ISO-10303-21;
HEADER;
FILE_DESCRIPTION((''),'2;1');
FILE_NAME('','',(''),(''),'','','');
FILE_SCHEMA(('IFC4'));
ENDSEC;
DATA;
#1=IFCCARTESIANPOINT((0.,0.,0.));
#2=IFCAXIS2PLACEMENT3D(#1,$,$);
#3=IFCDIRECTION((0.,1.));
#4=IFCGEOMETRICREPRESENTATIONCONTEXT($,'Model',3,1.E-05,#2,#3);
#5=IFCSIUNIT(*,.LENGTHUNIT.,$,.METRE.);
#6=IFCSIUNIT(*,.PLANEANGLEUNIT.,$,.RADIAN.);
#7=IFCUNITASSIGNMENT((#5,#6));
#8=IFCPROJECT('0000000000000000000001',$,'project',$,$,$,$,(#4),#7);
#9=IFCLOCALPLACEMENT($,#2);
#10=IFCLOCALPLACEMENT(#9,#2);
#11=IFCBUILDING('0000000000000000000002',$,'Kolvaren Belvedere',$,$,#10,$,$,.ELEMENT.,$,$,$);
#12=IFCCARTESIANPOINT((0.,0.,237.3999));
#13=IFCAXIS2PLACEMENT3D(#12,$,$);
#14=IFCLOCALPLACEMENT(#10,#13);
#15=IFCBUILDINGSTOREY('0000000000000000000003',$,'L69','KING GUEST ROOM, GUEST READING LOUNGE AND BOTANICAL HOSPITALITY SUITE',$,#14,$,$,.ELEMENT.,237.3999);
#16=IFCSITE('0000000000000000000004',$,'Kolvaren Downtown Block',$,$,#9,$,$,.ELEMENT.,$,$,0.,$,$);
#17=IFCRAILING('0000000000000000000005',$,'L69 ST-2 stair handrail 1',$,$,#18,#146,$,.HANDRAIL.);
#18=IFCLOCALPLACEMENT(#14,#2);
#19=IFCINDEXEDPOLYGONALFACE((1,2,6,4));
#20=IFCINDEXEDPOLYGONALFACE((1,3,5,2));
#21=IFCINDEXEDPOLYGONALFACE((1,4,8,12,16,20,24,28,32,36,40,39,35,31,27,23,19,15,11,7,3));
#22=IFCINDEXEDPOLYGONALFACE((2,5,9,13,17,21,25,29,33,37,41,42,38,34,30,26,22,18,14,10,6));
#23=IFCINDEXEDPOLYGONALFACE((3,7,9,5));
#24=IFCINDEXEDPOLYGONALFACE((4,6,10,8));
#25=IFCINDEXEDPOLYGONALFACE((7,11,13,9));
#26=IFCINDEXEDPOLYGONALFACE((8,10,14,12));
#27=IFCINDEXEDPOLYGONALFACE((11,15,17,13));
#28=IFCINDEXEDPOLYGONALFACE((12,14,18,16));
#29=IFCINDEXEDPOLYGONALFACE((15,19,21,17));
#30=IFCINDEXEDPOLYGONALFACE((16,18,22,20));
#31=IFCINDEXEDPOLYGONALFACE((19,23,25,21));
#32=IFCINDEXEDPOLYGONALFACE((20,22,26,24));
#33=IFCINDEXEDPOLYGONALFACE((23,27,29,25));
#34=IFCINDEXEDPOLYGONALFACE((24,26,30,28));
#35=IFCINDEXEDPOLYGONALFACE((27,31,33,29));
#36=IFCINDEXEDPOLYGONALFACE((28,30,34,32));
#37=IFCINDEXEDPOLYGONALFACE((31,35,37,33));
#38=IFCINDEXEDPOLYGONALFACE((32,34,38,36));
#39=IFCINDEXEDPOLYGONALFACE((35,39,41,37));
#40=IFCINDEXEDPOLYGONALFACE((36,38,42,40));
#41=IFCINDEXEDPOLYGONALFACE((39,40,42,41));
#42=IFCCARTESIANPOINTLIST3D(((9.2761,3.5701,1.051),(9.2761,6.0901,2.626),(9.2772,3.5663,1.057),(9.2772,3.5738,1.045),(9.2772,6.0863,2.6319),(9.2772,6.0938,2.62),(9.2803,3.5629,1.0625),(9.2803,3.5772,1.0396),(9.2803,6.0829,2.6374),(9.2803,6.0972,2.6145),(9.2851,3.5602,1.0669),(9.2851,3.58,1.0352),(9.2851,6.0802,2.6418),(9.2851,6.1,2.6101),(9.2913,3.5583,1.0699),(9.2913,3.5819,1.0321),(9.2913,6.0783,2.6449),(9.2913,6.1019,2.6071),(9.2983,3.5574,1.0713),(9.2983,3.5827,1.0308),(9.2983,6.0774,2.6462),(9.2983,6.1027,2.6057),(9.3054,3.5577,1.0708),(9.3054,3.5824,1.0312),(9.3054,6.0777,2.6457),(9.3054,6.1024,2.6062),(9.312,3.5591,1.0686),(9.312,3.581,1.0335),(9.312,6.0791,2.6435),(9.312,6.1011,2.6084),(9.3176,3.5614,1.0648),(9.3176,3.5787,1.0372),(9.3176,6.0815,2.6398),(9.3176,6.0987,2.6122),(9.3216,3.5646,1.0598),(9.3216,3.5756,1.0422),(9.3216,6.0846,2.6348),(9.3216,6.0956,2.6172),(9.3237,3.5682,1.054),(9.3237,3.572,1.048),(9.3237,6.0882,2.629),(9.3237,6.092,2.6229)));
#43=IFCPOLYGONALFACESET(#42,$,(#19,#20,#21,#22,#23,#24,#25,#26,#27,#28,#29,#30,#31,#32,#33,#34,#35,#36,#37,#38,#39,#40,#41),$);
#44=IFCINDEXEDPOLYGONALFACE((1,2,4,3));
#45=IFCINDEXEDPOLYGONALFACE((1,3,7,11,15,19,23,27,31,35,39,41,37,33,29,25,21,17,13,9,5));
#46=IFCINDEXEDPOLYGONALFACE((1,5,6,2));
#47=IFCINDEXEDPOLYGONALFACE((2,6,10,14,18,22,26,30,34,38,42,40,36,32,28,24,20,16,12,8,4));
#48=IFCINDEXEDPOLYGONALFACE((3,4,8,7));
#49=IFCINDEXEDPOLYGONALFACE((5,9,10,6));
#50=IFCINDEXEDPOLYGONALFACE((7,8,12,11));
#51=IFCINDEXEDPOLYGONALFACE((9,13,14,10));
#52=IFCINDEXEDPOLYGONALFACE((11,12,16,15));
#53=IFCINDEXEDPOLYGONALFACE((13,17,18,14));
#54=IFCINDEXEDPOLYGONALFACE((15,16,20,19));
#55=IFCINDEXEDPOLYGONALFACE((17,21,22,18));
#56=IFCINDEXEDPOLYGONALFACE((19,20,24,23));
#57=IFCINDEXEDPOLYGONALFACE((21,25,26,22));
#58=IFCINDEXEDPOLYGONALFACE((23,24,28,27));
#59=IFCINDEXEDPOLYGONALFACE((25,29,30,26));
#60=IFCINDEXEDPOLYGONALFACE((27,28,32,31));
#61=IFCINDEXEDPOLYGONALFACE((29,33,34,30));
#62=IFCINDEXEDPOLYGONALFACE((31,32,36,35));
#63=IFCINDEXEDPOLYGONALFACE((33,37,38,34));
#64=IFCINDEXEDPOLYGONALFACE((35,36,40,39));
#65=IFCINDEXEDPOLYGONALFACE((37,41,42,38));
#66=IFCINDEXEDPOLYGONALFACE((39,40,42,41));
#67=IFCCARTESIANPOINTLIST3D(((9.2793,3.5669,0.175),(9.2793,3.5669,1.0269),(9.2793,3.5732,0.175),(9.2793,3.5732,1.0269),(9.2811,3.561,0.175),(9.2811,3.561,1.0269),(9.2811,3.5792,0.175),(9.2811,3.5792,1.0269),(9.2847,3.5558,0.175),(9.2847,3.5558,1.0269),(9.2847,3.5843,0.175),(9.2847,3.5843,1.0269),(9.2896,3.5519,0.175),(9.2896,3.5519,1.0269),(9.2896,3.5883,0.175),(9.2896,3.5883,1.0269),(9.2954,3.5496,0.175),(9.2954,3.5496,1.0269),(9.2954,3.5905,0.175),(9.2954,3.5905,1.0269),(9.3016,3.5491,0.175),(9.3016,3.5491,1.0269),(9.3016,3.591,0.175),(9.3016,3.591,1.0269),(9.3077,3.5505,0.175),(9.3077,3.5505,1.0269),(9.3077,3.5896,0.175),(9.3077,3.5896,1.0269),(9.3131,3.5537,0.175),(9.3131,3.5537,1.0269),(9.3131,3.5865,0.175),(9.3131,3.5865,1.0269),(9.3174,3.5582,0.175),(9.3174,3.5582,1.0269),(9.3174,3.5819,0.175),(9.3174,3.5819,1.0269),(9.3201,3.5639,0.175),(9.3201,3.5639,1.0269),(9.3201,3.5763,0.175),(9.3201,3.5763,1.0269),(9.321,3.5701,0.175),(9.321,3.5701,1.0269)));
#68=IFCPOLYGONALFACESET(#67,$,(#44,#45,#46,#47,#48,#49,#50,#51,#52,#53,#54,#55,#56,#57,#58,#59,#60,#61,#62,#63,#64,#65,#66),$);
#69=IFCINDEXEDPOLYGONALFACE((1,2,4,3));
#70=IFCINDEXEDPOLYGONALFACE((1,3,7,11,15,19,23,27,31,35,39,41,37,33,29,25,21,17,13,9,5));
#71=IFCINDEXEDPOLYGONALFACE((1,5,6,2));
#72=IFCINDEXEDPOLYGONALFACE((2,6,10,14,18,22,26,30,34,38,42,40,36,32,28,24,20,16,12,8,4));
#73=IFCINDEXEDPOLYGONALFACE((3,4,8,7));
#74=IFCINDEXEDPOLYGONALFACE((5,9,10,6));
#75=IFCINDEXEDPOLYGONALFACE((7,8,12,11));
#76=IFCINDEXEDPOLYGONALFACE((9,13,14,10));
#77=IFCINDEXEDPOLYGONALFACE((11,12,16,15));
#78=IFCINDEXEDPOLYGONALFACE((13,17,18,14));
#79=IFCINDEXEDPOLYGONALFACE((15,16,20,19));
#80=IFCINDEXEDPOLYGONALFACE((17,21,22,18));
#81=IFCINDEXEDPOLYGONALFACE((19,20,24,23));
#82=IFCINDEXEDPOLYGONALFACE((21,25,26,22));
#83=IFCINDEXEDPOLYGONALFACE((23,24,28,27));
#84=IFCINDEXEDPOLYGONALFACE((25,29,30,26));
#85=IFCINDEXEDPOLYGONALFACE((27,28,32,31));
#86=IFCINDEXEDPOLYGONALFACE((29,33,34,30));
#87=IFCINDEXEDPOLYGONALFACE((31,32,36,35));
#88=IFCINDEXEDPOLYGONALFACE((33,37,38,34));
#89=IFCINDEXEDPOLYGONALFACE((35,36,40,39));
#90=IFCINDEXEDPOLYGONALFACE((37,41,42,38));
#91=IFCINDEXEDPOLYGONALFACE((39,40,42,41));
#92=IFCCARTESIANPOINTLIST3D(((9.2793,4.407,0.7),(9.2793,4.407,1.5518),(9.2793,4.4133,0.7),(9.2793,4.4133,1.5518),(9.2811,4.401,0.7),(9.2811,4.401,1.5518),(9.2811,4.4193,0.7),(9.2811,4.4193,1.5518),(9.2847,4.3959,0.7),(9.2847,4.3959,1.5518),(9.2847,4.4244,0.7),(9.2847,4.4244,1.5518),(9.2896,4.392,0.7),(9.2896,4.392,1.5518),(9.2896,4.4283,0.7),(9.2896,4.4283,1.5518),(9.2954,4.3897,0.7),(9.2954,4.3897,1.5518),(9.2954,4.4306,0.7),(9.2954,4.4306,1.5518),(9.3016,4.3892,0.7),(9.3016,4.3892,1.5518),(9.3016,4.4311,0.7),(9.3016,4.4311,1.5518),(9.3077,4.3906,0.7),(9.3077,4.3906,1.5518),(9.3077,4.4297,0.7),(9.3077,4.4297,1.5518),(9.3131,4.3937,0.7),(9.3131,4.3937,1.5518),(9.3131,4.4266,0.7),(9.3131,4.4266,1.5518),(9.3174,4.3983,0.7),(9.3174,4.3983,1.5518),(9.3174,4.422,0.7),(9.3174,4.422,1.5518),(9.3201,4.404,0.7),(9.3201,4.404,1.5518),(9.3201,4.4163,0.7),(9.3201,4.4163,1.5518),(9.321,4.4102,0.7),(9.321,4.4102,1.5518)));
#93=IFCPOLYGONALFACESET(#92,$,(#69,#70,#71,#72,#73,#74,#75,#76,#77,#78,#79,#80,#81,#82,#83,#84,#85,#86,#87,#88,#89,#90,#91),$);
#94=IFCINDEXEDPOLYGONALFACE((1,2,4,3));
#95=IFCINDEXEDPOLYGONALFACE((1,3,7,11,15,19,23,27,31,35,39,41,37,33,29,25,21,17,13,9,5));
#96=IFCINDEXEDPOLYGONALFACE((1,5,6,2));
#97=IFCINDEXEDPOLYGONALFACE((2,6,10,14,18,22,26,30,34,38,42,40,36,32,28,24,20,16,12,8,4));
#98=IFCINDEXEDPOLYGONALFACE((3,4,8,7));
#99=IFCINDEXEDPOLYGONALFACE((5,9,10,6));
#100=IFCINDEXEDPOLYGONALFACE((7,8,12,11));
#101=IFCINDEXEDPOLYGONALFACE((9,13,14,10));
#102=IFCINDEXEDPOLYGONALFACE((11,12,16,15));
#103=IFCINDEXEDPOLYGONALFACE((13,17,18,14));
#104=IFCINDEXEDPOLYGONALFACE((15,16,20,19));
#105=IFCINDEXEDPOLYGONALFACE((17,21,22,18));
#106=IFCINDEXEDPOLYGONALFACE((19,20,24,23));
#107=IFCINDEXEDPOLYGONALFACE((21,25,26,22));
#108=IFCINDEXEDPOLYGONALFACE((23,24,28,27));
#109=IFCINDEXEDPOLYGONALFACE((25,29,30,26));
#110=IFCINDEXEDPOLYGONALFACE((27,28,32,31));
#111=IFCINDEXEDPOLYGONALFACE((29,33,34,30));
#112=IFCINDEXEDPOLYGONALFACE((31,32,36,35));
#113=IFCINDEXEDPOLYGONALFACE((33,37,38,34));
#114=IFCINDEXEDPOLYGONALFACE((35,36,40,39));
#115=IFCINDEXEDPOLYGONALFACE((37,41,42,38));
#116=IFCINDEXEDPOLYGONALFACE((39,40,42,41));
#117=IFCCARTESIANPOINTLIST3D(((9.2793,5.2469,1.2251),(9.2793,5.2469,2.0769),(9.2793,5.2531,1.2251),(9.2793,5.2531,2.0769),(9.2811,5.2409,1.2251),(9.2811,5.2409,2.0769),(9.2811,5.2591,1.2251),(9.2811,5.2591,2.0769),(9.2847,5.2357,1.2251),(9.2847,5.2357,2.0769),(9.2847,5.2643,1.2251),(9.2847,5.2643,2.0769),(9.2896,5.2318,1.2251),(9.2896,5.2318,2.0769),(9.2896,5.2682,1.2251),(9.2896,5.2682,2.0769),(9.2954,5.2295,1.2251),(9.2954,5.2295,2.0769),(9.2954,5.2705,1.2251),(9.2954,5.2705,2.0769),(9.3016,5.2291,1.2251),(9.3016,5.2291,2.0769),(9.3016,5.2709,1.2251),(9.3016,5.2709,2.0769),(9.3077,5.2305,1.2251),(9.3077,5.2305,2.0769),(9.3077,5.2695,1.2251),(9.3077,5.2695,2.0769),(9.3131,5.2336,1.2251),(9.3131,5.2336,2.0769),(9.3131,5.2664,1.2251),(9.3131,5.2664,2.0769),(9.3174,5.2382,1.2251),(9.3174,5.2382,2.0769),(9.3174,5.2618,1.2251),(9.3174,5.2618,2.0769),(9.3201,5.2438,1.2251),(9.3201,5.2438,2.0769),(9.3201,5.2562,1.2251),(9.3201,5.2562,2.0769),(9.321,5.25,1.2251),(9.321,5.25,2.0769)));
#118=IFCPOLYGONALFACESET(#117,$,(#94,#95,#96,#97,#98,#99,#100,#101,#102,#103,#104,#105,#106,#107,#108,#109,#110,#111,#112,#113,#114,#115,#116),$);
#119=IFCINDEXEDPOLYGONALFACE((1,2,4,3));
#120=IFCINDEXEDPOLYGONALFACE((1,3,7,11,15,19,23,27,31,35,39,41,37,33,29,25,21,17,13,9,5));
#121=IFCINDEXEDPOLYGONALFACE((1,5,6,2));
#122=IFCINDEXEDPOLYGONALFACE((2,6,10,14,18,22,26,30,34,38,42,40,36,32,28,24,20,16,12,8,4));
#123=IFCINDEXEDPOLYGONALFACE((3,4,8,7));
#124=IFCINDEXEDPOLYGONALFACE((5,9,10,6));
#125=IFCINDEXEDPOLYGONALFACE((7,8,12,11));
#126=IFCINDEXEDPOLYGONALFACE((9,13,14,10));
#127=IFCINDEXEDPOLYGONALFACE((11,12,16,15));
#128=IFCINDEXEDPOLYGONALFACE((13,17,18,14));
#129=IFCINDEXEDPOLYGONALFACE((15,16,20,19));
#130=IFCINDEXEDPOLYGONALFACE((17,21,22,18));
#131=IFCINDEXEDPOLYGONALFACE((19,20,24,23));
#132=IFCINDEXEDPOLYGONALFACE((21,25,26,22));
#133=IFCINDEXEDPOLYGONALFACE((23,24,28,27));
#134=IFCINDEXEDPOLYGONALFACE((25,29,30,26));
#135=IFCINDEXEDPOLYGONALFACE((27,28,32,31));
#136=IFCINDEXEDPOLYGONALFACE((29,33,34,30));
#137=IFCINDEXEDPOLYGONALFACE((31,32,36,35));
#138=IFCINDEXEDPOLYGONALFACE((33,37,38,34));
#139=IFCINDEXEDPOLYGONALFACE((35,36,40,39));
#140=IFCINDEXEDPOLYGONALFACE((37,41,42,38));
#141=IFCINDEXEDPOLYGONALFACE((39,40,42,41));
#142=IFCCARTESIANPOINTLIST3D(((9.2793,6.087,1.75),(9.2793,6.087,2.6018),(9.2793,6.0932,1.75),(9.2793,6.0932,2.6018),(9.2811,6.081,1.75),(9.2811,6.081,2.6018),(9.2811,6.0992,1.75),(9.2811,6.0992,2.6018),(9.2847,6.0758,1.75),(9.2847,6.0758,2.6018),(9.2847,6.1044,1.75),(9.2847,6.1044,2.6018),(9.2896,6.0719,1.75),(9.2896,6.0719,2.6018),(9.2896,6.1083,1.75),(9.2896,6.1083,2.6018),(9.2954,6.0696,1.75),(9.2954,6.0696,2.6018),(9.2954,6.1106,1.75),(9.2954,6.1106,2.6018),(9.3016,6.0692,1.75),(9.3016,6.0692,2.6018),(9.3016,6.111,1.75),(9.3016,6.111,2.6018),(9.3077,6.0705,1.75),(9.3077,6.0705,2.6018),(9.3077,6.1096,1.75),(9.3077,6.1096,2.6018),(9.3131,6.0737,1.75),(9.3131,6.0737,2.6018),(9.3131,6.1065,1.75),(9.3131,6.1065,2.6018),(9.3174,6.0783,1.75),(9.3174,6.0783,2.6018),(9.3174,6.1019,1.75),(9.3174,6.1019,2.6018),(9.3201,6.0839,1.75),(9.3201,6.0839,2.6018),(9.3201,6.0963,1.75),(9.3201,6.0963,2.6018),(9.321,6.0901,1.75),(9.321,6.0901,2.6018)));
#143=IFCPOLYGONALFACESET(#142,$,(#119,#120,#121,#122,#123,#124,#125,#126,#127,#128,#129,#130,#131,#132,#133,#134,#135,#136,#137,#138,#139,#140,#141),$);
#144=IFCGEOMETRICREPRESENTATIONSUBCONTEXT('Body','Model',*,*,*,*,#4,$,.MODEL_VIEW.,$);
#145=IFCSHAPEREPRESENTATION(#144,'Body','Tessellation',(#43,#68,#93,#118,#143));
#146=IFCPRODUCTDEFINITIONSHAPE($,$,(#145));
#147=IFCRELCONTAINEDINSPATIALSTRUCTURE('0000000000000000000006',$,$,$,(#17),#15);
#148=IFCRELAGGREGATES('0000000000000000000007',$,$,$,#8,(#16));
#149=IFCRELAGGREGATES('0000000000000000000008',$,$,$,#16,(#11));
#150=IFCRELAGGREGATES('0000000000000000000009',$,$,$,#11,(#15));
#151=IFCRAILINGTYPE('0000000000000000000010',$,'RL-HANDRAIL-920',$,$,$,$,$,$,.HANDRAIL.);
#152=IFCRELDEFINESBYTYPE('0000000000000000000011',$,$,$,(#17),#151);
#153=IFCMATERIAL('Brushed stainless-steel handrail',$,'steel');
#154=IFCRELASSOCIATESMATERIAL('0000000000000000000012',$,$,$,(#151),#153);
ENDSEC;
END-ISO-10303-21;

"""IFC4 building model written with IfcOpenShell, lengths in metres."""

from ifc_helpers import new_model, si_unit, direction, frame, origin, origin_2d, place, context, subcontext, project, spatial, circle, extrude, material, type_object, element, save


model = new_model("IFC4")

# Units and contexts
model_context = context("Model", 3, precision=1e-05, world=origin(), true_north=direction((0.0, 1.0)))
body_context = subcontext(model_context, "Body", "Model", "MODEL_VIEW")
ifc_project = project(units=[si_unit("LENGTHUNIT", "METRE"), si_unit("PLANEANGLEUNIT", "RADIAN")], contexts=[model_context])

# Site, building, storey
site_placement = place(None, origin())
site = spatial("IfcSite", under=ifc_project, at=site_placement, Name="Kolvaren Downtown Block", CompositionType="ELEMENT", RefElevation=0.0)
building_placement = place(site_placement, origin())
building = spatial("IfcBuilding", under=site, at=building_placement, Name="Kolvaren Belvedere", CompositionType="ELEMENT")
storey_placement = place(building_placement, frame((0.0, 0.0, 237.3999)))
storey = spatial("IfcBuildingStorey", under=building, at=storey_placement, Name="L69", Description="KING GUEST ROOM, GUEST READING LOUNGE AND BOTANICAL HOSPITALITY SUITE", CompositionType="ELEMENT", Elevation=237.3999)

# Railing
ifc_material_1 = material(Name="Brushed stainless-steel handrail", Category="steel")
railing_type_1 = type_object("IfcRailingType", Name="RL-HANDRAIL-920", PredefinedType="HANDRAIL", material=ifc_material_1)
railing_1_placement = place(storey_placement, frame((9.3, 3.5701, 0.175)))
element("IfcRailing", 1, at=railing_1_placement, inside=storey, type_object=railing_type_1, Name="L69 ST-2 stair handrail 1", PredefinedType="HANDRAIL", context=body_context, shape_type="SweptSolid", body=[
    extrude(circle(Radius=0.0239, at=origin_2d()), frame((0.0, 0.0, 0.876), z_axis=(0.0, 0.848008, 0.529984), x_axis=(-1.0, 0.0, 0.0)), (0.0, 0.0, 1.0), 2.9717),
    extrude(circle(Radius=0.021, at=origin_2d()), origin(), (0.0, 0.0, 1.0), 0.8518),
    extrude(circle(Radius=0.021, at=origin_2d()), frame((0.0, 0.8401, 0.5249)), (0.0, 0.0, 1.0), 0.8518),
    extrude(circle(Radius=0.021, at=origin_2d()), frame((0.0, 1.6799, 1.05)), (0.0, 0.0, 1.0), 0.8518),
    extrude(circle(Radius=0.021, at=origin_2d()), frame((0.0, 2.52, 1.575)), (0.0, 0.0, 1.0), 0.8518),
])

save(model, "model.ifc")
